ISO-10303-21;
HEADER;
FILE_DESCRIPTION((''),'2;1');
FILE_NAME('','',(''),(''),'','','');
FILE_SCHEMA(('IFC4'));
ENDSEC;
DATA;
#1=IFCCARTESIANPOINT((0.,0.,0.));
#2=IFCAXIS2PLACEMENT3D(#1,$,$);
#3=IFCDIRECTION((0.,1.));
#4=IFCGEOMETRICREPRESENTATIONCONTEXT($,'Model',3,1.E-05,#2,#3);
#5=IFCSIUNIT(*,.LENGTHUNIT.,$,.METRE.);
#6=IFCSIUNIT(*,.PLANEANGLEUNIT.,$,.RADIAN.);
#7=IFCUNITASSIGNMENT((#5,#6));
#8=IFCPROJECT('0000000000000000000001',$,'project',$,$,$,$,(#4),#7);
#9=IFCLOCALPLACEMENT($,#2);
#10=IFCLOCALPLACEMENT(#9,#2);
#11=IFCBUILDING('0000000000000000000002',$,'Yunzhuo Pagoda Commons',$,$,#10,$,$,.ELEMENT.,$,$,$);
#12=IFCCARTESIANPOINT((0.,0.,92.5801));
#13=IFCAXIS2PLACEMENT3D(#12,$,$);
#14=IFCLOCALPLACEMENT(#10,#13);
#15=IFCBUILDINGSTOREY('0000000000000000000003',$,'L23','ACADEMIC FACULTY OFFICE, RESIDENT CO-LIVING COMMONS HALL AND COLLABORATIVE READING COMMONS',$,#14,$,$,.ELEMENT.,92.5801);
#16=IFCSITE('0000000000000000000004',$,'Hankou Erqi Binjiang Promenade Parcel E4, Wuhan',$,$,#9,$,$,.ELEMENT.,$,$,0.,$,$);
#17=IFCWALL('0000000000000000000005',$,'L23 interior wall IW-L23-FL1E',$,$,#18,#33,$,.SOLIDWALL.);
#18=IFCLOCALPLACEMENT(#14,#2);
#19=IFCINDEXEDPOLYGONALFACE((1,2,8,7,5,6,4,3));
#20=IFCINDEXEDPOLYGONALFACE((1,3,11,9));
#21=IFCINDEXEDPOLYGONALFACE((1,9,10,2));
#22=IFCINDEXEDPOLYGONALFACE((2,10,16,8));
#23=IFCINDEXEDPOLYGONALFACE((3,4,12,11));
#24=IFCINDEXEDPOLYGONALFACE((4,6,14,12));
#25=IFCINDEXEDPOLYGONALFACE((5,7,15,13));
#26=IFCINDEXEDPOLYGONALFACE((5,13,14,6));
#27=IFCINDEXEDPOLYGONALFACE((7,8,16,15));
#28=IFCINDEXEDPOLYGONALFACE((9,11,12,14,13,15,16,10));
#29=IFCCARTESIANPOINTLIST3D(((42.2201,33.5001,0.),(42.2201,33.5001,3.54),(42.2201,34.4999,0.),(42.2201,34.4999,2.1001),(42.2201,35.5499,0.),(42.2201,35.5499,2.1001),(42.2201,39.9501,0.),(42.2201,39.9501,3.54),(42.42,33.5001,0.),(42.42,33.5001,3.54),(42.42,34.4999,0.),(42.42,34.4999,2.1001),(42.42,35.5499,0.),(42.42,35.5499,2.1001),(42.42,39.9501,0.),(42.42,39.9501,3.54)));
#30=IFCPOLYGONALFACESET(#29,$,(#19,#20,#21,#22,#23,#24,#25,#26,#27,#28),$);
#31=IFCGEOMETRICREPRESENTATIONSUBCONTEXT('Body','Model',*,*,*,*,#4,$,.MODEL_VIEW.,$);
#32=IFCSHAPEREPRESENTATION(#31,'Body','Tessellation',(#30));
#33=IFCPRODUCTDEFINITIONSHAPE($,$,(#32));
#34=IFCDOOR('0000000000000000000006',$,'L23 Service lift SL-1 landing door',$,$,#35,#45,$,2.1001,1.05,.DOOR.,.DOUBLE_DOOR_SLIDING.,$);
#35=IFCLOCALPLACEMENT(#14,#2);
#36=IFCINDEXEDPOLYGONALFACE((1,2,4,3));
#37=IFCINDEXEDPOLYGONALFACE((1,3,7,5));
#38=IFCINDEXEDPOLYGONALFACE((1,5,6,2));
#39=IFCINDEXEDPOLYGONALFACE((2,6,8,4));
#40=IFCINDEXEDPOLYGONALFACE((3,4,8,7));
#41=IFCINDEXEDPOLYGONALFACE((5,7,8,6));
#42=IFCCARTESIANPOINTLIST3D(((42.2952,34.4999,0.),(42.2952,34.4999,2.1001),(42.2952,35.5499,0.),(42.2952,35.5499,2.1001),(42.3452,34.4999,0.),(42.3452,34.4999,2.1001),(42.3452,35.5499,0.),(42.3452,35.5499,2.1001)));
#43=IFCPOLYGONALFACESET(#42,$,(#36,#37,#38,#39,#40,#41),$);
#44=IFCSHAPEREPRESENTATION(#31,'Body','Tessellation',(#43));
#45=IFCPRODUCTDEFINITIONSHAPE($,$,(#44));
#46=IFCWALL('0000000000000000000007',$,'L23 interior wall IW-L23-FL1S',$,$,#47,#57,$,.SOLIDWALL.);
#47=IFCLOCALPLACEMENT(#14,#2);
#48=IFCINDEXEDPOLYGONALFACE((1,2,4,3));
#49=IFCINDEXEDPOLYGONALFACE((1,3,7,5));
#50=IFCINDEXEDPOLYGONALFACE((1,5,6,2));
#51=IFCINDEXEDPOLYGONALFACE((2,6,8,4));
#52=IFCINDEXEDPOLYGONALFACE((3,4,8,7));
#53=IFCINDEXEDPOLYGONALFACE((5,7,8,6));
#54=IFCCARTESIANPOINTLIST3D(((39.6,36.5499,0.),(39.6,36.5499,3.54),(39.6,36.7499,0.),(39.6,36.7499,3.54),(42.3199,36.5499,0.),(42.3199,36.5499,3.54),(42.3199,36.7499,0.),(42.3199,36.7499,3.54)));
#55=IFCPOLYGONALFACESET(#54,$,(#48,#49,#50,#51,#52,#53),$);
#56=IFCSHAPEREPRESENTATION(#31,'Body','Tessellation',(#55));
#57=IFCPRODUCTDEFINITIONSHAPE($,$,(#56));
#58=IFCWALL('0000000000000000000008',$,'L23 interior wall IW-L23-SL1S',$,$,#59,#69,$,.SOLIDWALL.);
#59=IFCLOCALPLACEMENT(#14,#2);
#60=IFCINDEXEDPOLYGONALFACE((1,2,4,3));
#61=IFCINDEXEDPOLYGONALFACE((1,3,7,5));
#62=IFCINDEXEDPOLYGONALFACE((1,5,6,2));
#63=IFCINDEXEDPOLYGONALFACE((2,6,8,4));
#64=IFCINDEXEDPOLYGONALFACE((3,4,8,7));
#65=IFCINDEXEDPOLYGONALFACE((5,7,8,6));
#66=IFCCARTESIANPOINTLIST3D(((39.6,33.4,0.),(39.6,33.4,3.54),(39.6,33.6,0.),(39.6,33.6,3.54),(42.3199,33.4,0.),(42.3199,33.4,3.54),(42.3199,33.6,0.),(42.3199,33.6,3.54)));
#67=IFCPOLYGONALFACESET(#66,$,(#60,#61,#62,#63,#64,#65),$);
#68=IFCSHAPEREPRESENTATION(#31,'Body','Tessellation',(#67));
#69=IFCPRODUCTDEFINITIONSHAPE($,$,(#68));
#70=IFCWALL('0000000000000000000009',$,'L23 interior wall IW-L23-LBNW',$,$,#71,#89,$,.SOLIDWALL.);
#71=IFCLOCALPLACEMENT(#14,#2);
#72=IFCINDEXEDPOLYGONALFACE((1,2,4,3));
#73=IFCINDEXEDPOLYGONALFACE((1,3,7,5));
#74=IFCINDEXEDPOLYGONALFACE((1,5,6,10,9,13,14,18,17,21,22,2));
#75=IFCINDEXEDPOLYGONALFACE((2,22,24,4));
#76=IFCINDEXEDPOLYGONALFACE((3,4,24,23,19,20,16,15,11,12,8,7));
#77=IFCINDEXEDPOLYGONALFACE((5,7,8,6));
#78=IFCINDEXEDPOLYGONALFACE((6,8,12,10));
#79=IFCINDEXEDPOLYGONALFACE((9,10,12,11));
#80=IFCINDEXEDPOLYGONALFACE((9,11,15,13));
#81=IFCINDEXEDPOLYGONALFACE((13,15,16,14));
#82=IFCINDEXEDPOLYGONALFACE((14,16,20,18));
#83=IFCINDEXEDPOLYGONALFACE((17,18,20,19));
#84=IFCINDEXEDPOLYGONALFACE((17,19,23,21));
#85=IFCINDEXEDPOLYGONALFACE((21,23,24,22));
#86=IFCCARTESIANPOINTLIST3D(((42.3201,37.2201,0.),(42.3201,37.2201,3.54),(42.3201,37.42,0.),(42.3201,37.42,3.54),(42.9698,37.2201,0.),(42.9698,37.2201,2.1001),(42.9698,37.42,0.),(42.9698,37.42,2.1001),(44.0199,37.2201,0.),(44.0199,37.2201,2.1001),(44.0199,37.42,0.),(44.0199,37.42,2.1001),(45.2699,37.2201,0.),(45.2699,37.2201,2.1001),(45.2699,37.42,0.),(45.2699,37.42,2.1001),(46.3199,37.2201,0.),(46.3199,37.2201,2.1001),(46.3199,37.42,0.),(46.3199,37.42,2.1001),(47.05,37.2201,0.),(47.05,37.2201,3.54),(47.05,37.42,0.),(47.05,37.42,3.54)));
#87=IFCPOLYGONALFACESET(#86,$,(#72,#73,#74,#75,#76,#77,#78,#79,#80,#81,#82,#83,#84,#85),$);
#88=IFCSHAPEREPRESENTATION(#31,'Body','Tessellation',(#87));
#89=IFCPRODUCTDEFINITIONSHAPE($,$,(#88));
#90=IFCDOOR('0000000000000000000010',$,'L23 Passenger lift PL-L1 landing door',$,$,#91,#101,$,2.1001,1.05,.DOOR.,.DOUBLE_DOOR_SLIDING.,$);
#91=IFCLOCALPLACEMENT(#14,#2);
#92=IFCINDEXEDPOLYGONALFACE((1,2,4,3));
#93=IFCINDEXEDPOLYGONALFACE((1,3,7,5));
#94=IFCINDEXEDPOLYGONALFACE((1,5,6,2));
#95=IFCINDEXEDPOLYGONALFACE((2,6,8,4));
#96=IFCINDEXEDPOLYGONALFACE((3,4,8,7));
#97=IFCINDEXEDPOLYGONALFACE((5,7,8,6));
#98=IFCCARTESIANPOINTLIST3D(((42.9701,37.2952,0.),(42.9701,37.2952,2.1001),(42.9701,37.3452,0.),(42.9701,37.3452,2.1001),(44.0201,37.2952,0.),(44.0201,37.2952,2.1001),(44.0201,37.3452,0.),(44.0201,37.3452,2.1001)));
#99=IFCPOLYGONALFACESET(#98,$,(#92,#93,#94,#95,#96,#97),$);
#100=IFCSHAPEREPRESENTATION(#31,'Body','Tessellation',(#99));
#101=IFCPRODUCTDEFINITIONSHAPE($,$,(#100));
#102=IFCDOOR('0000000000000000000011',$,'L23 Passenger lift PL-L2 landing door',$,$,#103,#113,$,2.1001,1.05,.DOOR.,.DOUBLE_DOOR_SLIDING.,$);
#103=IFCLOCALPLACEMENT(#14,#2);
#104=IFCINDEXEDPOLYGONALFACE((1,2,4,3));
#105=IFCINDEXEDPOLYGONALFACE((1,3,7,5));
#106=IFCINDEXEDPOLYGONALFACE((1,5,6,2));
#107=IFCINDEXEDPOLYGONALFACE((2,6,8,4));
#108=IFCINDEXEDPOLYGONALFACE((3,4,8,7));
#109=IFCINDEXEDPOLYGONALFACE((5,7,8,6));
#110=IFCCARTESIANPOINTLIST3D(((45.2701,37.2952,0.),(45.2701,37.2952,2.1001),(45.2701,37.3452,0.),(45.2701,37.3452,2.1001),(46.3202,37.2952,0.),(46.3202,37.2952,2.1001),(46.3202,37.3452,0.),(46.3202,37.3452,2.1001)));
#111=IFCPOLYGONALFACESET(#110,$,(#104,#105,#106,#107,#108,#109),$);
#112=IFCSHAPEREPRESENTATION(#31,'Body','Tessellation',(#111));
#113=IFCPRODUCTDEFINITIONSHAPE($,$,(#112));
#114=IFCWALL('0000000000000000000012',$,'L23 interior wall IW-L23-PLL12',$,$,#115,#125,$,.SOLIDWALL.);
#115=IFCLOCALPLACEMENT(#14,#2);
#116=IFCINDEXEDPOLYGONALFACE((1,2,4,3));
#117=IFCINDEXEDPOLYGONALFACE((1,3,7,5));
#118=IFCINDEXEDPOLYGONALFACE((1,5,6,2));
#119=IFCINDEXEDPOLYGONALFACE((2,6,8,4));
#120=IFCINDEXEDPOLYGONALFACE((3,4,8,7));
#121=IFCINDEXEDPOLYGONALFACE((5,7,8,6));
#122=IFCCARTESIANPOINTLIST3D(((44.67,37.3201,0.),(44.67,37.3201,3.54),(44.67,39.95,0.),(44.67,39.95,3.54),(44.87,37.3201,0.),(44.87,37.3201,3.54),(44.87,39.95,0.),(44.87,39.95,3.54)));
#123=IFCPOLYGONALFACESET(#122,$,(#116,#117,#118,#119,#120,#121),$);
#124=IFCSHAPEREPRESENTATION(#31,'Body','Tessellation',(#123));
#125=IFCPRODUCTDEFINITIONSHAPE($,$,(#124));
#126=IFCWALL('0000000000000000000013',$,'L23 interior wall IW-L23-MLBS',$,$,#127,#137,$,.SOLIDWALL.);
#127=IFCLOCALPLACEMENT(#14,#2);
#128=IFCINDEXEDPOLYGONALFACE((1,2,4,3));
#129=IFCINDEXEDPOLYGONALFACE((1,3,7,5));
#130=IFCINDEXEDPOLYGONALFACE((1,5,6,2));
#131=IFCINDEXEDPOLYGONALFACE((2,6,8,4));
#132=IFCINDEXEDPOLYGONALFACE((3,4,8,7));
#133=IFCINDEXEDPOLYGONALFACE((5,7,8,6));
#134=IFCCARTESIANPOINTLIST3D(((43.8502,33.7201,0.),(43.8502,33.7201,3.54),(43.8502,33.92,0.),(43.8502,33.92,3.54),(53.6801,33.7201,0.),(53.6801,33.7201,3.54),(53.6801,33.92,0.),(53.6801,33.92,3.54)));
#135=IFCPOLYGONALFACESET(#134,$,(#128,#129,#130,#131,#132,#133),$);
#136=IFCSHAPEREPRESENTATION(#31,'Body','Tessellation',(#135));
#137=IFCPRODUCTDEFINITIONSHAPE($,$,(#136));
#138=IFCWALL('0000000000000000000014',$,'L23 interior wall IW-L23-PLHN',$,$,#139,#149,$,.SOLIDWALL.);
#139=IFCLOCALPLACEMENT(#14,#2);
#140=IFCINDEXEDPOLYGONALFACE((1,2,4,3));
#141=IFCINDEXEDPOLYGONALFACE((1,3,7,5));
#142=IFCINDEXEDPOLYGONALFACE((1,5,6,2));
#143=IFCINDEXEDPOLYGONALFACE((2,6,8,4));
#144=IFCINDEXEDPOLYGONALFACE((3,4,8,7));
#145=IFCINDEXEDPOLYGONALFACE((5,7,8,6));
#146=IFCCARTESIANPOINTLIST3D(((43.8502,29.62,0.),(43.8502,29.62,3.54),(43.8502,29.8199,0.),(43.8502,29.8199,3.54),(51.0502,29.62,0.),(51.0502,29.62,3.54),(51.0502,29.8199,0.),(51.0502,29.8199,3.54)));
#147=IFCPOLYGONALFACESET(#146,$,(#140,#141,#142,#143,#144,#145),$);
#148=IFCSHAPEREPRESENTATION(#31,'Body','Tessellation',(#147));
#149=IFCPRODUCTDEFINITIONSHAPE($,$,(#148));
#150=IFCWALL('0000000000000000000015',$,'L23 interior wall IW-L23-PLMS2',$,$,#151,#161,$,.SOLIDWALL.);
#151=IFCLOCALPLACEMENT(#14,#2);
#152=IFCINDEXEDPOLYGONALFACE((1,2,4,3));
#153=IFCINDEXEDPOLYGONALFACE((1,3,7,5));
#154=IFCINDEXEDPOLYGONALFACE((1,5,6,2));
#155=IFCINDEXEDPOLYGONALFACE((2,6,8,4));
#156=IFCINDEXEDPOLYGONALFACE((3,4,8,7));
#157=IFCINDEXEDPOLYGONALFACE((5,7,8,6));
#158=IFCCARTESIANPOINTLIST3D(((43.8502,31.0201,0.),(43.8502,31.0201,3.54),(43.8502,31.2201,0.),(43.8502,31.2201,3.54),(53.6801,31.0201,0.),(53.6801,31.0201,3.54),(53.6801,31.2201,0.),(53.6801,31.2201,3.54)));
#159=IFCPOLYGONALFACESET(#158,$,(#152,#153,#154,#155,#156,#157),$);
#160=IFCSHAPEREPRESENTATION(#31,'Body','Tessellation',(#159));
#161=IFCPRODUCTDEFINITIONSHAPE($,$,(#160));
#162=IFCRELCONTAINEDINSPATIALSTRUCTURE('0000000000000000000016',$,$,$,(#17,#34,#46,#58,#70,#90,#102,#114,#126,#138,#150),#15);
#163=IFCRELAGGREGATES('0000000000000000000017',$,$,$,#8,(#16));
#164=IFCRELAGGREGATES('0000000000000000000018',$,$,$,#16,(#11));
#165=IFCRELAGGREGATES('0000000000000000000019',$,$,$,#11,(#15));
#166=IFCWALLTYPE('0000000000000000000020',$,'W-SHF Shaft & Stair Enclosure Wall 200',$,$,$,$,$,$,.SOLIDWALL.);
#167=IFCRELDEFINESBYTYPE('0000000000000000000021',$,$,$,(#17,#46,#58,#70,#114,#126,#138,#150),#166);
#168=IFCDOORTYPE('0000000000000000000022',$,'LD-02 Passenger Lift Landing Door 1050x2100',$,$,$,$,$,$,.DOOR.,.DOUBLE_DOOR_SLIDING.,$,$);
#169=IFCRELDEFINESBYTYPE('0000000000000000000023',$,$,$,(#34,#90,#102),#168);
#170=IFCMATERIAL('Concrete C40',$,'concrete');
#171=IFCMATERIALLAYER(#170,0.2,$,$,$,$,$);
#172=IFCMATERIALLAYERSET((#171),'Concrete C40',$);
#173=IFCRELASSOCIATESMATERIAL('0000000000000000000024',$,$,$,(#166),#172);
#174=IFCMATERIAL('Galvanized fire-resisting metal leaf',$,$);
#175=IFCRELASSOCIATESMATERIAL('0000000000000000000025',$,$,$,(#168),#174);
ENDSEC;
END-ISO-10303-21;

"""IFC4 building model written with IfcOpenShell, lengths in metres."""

from ifc_helpers import new_model, si_unit, direction, frame, frame_2d, origin, origin_with_axes, place, context, subcontext, project, spatial, rectangle, extrude, source, transform, mapped, material, layer, layer_set, type_object, element, fill, save


model = new_model("IFC4")

# Units and contexts
model_context = context("Model", 3, precision=1e-05, world=origin(), true_north=direction((0.0, 1.0)))
body_context = subcontext(model_context, "Body", "Model", "MODEL_VIEW")
ifc_project = project(units=[si_unit("LENGTHUNIT", "METRE"), si_unit("PLANEANGLEUNIT", "RADIAN")], contexts=[model_context])

# Site, building, storey
site_placement = place(None, origin())
site = spatial("IfcSite", under=ifc_project, at=site_placement, Name="Hankou Erqi Binjiang Promenade Parcel E4, Wuhan", CompositionType="ELEMENT", RefElevation=0.0)
building_placement = place(site_placement, origin())
building = spatial("IfcBuilding", under=site, at=building_placement, Name="Yunzhuo Pagoda Commons", CompositionType="ELEMENT")
storey_placement = place(building_placement, frame((0.0, 0.0, 92.5801)))
storey = spatial("IfcBuildingStorey", under=building, at=storey_placement, Name="L23", Description="ACADEMIC FACULTY OFFICE, RESIDENT CO-LIVING COMMONS HALL AND COLLABORATIVE READING COMMONS", CompositionType="ELEMENT", Elevation=92.5801)

# Wall, opening, door
ifc_material_1 = material(Name="Galvanized fire-resisting metal leaf")
shared_shape_1 = source(origin(), body_context, "Body", "SweptSolid", [
    extrude(rectangle(XDim=1.05, YDim=2.1001, at=frame_2d((0.5249, 1.05))), frame((0.0, 0.0249, 0.0), z_axis=(0.0, -1.0, 0.0), x_axis=(1.0, 0.0, 0.0)), (0.0, 0.0, 1.0), 0.05),
])
ifc_material_2 = material(Name="Concrete C40", Category="concrete")
ifc_layer_1 = layer(ifc_material_2, 0.2)
ifc_layer_set_1 = layer_set([ifc_layer_1], Name="Concrete C40")
wall_type_1 = type_object("IfcWallType", Name="W-SHF Shaft & Stair Enclosure Wall 200", PredefinedType="SOLIDWALL", material=ifc_layer_set_1)
wall_1_placement = place(storey_placement, frame((42.3201, 33.5, 0.0), z_axis=(0.0, 0.0, 1.0), x_axis=(0.0, 1.0, 0.0)))
wall_1 = element("IfcWall", 1, at=wall_1_placement, inside=storey, type_object=wall_type_1, Name="L23 interior wall IW-L23-FL1E", PredefinedType="SOLIDWALL", context=body_context, shape_type="SweptSolid", body=[
    extrude(rectangle(XDim=6.45, YDim=0.2, at=frame_2d((3.2251, 0.0))), origin(), (0.0, 0.0, 1.0), 3.54),
])
opening_1_placement = place(wall_1_placement, frame((1.0, 0.0, 0.0)))
opening_1 = element("IfcOpeningElement", 2, at=opening_1_placement, cuts=wall_1, PredefinedType="OPENING", context=body_context, shape_type="SweptSolid", body=[
    extrude(rectangle(XDim=1.05, YDim=2.1001, at=frame_2d((0.5249, 1.05))), frame((0.0, 0.1099, 0.0), z_axis=(0.0, -1.0, 0.0), x_axis=(1.0, 0.0, 0.0)), (0.0, 0.0, 1.0), 0.22),
])
door_type_1 = type_object("IfcDoorType", Name="LD-02 Passenger Lift Landing Door 1050x2100", OperationType="DOUBLE_DOOR_SLIDING", PredefinedType="DOOR", material=ifc_material_1)
door_1_placement = place(opening_1_placement, origin_with_axes())
door_1 = element("IfcDoor", 3, at=door_1_placement, inside=storey, type_object=door_type_1, Name="L23 Service lift SL-1 landing door", OperationType="DOUBLE_DOOR_SLIDING", OverallHeight=2.1001, OverallWidth=1.05, PredefinedType="DOOR", context=body_context, shape_type="MappedRepresentation", body=[
    mapped(shared_shape_1, transform((0.0, 0.0, 0.0), scale=1.0)),
])
fill(opening_1, door_1)

# Walls
for number, where, z_axis, x_axis, name in (
    (4, (39.6001, 36.6499, 0.0), (0.0, 0.0, 1.0), (1.0, 0.0, 0.0), "L23 interior wall IW-L23-FL1S"),
    (5, (39.6001, 33.5, 0.0), (0.0, 0.0, 1.0), (1.0, 0.0, 0.0), "L23 interior wall IW-L23-SL1S"),
):
    element("IfcWall", number, at=place(storey_placement, frame(where, z_axis=z_axis, x_axis=x_axis)), inside=storey, type_object=wall_type_1, Name=name, PredefinedType="SOLIDWALL", context=body_context, shape_type="SweptSolid", body=[
        extrude(rectangle(XDim=2.72, YDim=0.2, at=frame_2d((1.3599, 0.0))), origin(), (0.0, 0.0, 1.0), 3.54),
    ])

# Wall, openings, doors
wall_2_placement = place(storey_placement, frame((42.3201, 37.3201, 0.0), z_axis=(0.0, 0.0, 1.0), x_axis=(1.0, 0.0, 0.0)))
wall_2 = element("IfcWall", 6, at=wall_2_placement, inside=storey, type_object=wall_type_1, Name="L23 interior wall IW-L23-LBNW", PredefinedType="SOLIDWALL", context=body_context, shape_type="SweptSolid", body=[
    extrude(rectangle(XDim=4.73, YDim=0.2, at=frame_2d((2.365, 0.0))), origin(), (0.0, 0.0, 1.0), 3.54),
])
opening_2_placement = place(wall_2_placement, frame((0.6499, 0.0, 0.0)))
opening_2 = element("IfcOpeningElement", 7, at=opening_2_placement, cuts=wall_2, PredefinedType="OPENING", context=body_context, shape_type="SweptSolid", body=[
    extrude(rectangle(XDim=1.05, YDim=2.1001, at=frame_2d((0.5249, 1.05))), frame((0.0, 0.1099, 0.0), z_axis=(0.0, -1.0, 0.0), x_axis=(1.0, 0.0, 0.0)), (0.0, 0.0, 1.0), 0.22),
])
opening_3_placement = place(wall_2_placement, frame((2.95, 0.0, 0.0)))
opening_3 = element("IfcOpeningElement", 8, at=opening_3_placement, cuts=wall_2, PredefinedType="OPENING", context=body_context, shape_type="SweptSolid", body=[
    extrude(rectangle(XDim=1.05, YDim=2.1001, at=frame_2d((0.5249, 1.05))), frame((0.0, 0.1099, 0.0), z_axis=(0.0, -1.0, 0.0), x_axis=(1.0, 0.0, 0.0)), (0.0, 0.0, 1.0), 0.22),
])
door_2_placement = place(opening_2_placement, frame((1.05, 0.0, 0.0), z_axis=(0.0, 0.0, 1.0), x_axis=(-1.0, 0.0, 0.0)))
door_2 = element("IfcDoor", 9, at=door_2_placement, inside=storey, type_object=door_type_1, Name="L23 Passenger lift PL-L1 landing door", OperationType="DOUBLE_DOOR_SLIDING", OverallHeight=2.1001, OverallWidth=1.05, PredefinedType="DOOR", context=body_context, shape_type="MappedRepresentation", body=[
    mapped(shared_shape_1, transform((0.0, 0.0, 0.0), scale=1.0)),
])
fill(opening_2, door_2)
door_3_placement = place(opening_3_placement, frame((1.05, 0.0, 0.0), z_axis=(0.0, 0.0, 1.0), x_axis=(-1.0, 0.0, 0.0)))
door_3 = element("IfcDoor", 10, at=door_3_placement, inside=storey, type_object=door_type_1, Name="L23 Passenger lift PL-L2 landing door", OperationType="DOUBLE_DOOR_SLIDING", OverallHeight=2.1001, OverallWidth=1.05, PredefinedType="DOOR", context=body_context, shape_type="MappedRepresentation", body=[
    mapped(shared_shape_1, transform((0.0, 0.0, 0.0), scale=1.0)),
])
fill(opening_3, door_3)

# Walls
wall_3_placement = place(storey_placement, frame((44.77, 37.3201, 0.0), z_axis=(0.0, 0.0, 1.0), x_axis=(0.0, 1.0, 0.0)))
element("IfcWall", 11, at=wall_3_placement, inside=storey, type_object=wall_type_1, Name="L23 interior wall IW-L23-PLL12", PredefinedType="SOLIDWALL", context=body_context, shape_type="SweptSolid", body=[
    extrude(rectangle(XDim=2.6299, YDim=0.2, at=frame_2d((1.3149, 0.0))), origin(), (0.0, 0.0, 1.0), 3.54),
])
wall_4_placement = place(storey_placement, frame((43.8501, 33.8201, 0.0), z_axis=(0.0, 0.0, 1.0), x_axis=(1.0, 0.0, 0.0)))
element("IfcWall", 12, at=wall_4_placement, inside=storey, type_object=wall_type_1, Name="L23 interior wall IW-L23-MLBS", PredefinedType="SOLIDWALL", context=body_context, shape_type="SweptSolid", body=[
    extrude(rectangle(XDim=9.8298, YDim=0.2, at=frame_2d((4.915, 0.0))), origin(), (0.0, 0.0, 1.0), 3.54),
])
wall_5_placement = place(storey_placement, frame((43.8501, 29.72, 0.0), z_axis=(0.0, 0.0, 1.0), x_axis=(1.0, 0.0, 0.0)))
element("IfcWall", 13, at=wall_5_placement, inside=storey, type_object=wall_type_1, Name="L23 interior wall IW-L23-PLHN", PredefinedType="SOLIDWALL", context=body_context, shape_type="SweptSolid", body=[
    extrude(rectangle(XDim=7.2, YDim=0.2, at=frame_2d((3.6001, 0.0))), origin(), (0.0, 0.0, 1.0), 3.54),
])
wall_6_placement = place(storey_placement, frame((43.8501, 31.1201, 0.0), z_axis=(0.0, 0.0, 1.0), x_axis=(1.0, 0.0, 0.0)))
element("IfcWall", 14, at=wall_6_placement, inside=storey, type_object=wall_type_1, Name="L23 interior wall IW-L23-PLMS2", PredefinedType="SOLIDWALL", context=body_context, shape_type="SweptSolid", body=[
    extrude(rectangle(XDim=9.8298, YDim=0.2, at=frame_2d((4.915, 0.0))), origin(), (0.0, 0.0, 1.0), 3.54),
])

save(model, "model.ifc")
